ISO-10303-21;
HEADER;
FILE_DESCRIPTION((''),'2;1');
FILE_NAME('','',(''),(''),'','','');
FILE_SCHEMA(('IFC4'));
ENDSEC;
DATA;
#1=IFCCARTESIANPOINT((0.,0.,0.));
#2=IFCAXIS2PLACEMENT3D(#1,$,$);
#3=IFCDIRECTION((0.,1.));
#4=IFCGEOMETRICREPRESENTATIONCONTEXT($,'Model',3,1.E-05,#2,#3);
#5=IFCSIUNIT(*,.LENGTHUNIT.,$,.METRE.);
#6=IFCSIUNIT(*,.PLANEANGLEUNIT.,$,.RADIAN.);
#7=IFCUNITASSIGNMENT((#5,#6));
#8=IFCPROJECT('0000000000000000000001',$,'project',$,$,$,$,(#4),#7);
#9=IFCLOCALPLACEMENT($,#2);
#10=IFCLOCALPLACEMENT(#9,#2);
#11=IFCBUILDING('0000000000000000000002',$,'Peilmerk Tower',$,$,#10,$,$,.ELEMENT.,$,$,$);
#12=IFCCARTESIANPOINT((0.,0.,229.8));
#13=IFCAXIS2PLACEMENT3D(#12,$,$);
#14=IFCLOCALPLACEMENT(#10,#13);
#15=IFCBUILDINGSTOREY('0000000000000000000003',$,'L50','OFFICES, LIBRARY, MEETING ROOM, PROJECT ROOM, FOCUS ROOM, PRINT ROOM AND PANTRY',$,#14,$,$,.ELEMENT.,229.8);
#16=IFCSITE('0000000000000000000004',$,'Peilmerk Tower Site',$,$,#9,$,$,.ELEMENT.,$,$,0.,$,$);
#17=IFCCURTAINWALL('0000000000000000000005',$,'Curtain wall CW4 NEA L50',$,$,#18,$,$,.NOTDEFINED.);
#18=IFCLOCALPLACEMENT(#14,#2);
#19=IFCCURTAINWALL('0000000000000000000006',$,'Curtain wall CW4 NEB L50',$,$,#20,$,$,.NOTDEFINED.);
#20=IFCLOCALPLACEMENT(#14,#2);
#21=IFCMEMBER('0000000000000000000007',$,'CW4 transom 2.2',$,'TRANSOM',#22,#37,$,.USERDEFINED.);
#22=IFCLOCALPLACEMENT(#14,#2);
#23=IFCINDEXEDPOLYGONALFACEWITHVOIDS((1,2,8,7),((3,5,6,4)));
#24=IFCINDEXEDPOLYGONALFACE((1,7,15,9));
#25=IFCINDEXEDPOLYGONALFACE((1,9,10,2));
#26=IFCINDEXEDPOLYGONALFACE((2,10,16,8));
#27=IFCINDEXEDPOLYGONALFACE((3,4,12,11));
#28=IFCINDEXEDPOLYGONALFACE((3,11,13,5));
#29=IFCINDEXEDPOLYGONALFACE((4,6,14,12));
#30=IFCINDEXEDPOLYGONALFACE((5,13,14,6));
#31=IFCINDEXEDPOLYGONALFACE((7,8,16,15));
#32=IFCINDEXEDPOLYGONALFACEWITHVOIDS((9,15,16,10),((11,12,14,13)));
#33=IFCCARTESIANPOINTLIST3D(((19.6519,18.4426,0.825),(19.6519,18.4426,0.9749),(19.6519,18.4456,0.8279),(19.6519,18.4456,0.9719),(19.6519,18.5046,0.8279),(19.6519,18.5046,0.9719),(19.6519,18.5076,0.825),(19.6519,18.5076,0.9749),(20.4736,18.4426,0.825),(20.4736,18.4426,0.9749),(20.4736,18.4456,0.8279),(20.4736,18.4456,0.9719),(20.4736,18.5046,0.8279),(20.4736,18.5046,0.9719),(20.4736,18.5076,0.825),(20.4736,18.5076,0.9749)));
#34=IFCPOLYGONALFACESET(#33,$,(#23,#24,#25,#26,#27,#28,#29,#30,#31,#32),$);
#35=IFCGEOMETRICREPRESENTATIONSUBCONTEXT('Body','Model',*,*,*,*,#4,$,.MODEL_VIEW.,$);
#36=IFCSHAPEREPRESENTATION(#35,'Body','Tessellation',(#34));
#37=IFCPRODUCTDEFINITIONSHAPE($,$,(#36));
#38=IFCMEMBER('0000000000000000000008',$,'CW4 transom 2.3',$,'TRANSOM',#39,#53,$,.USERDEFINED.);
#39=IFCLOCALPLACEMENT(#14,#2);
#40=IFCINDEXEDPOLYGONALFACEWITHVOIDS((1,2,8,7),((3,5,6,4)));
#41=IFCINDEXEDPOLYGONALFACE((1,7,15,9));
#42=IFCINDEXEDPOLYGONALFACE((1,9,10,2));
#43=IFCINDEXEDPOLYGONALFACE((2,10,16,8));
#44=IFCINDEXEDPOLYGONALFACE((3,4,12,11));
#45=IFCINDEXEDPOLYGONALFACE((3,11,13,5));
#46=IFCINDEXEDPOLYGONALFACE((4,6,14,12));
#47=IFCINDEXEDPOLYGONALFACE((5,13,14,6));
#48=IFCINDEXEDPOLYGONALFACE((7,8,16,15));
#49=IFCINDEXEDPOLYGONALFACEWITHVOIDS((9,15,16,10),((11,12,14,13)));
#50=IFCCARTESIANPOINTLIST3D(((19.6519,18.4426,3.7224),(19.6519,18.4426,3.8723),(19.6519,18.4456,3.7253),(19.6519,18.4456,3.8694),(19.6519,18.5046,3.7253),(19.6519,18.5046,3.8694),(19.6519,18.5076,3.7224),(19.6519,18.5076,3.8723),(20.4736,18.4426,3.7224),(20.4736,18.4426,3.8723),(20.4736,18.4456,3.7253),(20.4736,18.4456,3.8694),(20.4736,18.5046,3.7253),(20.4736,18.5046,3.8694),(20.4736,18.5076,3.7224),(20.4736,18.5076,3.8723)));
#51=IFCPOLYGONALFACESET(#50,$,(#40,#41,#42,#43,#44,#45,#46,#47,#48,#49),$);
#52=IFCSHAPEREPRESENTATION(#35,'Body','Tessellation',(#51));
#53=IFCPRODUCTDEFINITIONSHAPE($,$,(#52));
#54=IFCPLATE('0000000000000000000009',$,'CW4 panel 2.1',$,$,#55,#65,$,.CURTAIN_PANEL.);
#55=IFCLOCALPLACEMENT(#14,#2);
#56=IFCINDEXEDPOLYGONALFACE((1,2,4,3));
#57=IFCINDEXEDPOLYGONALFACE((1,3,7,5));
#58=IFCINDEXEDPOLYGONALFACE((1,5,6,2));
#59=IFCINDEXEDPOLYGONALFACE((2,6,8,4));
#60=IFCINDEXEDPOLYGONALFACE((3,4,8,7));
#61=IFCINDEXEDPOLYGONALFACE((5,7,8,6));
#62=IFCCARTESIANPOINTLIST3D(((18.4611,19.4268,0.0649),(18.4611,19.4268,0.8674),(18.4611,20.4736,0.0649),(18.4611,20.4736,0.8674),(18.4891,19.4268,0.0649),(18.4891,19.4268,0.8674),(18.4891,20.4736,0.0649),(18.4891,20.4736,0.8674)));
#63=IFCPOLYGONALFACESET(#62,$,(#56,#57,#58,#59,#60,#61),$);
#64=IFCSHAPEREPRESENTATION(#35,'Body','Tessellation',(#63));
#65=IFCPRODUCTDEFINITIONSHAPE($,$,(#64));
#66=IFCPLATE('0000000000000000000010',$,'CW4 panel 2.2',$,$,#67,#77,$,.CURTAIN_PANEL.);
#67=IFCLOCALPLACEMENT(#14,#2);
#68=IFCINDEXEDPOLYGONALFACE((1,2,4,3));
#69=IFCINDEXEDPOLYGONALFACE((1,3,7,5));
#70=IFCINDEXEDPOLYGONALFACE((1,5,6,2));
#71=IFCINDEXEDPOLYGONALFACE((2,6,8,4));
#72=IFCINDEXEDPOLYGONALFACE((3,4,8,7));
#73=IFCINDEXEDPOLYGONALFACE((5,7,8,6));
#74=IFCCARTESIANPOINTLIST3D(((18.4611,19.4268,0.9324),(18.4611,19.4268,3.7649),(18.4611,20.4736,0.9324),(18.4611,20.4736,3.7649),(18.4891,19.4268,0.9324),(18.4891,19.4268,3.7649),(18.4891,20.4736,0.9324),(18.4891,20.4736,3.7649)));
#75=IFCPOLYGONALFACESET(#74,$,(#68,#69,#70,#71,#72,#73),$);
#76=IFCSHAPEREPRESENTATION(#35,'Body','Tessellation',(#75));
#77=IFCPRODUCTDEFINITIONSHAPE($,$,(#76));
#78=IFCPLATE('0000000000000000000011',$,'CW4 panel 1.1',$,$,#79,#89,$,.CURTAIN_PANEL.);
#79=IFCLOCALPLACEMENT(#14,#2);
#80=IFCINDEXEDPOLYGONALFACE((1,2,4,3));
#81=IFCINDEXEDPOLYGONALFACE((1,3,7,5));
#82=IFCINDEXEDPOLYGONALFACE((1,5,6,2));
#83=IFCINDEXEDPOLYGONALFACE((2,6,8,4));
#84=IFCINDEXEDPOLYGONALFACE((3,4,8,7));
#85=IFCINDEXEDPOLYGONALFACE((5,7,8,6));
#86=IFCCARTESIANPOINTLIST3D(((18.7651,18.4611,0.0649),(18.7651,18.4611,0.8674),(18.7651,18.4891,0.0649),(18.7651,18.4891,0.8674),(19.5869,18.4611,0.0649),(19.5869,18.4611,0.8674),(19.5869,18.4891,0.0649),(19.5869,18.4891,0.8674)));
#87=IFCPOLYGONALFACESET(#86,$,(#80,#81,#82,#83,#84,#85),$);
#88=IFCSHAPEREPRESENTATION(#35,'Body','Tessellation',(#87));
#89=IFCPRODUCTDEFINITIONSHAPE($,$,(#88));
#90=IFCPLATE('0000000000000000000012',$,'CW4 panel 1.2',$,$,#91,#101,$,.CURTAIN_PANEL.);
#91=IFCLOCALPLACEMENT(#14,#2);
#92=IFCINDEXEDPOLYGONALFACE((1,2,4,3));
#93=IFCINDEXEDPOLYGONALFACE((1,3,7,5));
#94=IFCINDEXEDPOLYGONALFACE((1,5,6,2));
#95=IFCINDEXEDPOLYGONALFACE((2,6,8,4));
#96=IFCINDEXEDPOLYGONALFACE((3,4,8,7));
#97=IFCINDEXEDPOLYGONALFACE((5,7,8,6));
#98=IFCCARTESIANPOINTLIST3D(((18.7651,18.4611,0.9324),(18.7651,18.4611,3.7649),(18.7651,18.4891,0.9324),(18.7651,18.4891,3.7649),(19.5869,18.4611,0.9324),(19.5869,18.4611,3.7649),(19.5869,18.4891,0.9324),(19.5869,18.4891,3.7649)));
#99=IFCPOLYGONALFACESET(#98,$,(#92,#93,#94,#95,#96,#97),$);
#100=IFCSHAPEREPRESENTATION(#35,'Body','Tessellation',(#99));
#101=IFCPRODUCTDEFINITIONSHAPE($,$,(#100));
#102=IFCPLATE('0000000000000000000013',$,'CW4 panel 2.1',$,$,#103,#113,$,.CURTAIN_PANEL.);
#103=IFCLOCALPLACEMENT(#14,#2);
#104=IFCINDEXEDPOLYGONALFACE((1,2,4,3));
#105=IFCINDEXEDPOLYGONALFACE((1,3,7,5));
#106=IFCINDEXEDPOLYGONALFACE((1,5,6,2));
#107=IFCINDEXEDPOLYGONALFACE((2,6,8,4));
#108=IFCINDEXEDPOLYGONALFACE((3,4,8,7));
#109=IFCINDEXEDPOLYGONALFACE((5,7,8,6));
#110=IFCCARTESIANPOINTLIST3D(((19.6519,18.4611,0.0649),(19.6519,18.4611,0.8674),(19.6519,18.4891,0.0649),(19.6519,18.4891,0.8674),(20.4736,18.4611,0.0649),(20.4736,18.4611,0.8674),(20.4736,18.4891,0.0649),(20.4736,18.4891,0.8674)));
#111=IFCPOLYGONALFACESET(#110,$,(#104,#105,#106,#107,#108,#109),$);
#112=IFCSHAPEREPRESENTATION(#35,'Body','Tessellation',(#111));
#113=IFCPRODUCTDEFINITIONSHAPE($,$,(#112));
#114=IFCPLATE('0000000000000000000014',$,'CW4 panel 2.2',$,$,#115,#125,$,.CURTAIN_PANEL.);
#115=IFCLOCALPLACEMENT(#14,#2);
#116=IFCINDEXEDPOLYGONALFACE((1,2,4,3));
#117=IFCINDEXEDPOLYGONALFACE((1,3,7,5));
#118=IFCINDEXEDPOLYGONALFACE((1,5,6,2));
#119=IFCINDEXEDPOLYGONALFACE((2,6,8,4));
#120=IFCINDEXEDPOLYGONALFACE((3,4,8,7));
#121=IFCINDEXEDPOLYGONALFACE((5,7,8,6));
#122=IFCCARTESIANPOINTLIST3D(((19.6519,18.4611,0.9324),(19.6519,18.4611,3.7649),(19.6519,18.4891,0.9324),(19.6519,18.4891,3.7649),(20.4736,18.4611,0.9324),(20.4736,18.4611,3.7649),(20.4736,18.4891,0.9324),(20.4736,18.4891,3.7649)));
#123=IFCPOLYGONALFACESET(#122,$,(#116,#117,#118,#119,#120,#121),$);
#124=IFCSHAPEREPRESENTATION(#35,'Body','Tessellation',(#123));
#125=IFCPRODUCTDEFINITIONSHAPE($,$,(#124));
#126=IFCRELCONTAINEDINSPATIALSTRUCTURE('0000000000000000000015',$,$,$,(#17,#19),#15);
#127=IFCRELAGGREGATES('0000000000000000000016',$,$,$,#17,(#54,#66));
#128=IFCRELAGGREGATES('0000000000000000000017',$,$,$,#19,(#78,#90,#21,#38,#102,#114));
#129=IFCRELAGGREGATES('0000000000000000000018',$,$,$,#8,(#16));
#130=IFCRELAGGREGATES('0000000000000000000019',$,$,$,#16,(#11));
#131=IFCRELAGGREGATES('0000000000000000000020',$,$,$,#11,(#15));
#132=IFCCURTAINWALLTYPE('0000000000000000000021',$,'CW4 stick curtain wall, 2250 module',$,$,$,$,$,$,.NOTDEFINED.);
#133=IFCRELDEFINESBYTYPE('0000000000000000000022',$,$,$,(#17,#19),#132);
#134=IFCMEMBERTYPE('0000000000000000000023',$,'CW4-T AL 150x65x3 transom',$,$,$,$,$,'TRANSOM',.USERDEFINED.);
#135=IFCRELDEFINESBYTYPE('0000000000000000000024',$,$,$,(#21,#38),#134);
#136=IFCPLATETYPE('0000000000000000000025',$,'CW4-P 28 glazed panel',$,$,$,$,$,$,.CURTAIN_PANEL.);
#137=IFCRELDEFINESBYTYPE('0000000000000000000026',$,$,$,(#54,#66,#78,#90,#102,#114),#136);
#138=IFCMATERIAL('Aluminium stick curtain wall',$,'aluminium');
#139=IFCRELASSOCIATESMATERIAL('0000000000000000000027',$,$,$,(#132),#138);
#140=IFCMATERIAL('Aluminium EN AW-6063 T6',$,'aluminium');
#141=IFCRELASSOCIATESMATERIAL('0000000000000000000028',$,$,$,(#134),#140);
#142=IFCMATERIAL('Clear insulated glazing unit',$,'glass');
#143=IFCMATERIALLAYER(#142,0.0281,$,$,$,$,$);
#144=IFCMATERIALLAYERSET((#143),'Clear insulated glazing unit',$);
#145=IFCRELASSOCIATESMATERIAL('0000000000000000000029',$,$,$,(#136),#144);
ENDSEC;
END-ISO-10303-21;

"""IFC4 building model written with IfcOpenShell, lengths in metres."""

from ifc_helpers import new_model, si_unit, direction, frame, origin, origin_2d, place, context, subcontext, project, spatial, rectangle, hollow_rectangle, extrude, material, layer, layer_set, material_profile, profile_set, type_object, element, aggregate, save


model = new_model("IFC4")

# Units and contexts
model_context = context("Model", 3, precision=1e-05, world=origin(), true_north=direction((0.0, 1.0)))
body_context = subcontext(model_context, "Body", "Model", "MODEL_VIEW")
ifc_project = project(units=[si_unit("LENGTHUNIT", "METRE"), si_unit("PLANEANGLEUNIT", "RADIAN")], contexts=[model_context])

# Site, building, storey
site_placement = place(None, origin())
site = spatial("IfcSite", under=ifc_project, at=site_placement, Name="Peilmerk Tower Site", CompositionType="ELEMENT", RefElevation=0.0)
building_placement = place(site_placement, origin())
building = spatial("IfcBuilding", under=site, at=building_placement, Name="Peilmerk Tower", CompositionType="ELEMENT")
storey_placement = place(building_placement, frame((0.0, 0.0, 229.8)))
storey = spatial("IfcBuildingStorey", under=building, at=storey_placement, Name="L50", Description="OFFICES, LIBRARY, MEETING ROOM, PROJECT ROOM, FOCUS ROOM, PRINT ROOM AND PANTRY", CompositionType="ELEMENT", Elevation=229.8)

# Curtain wall
ifc_material_1 = material(Name="Aluminium stick curtain wall", Category="aluminium")
curtain_wall_type = type_object("IfcCurtainWallType", Name="CW4 stick curtain wall, 2250 module", PredefinedType="NOTDEFINED", material=ifc_material_1)
curtain_wall_1_placement = place(storey_placement, origin())
curtain_wall_1 = element("IfcCurtainWall", 1, at=curtain_wall_1_placement, inside=storey, type_object=curtain_wall_type, Name="Curtain wall CW4 NEA L50", PredefinedType="NOTDEFINED")
ifc_material_2 = material(Name="Aluminium EN AW-6063 T6", Category="aluminium")

# Curtain wall
curtain_wall_2_placement = place(storey_placement, origin())
curtain_wall_2 = element("IfcCurtainWall", 2, at=curtain_wall_2_placement, inside=storey, type_object=curtain_wall_type, Name="Curtain wall CW4 NEB L50", PredefinedType="NOTDEFINED")

# Members
ifc_material_profile_1 = material_profile(ifc_material_2, hollow_rectangle(XDim=0.0649, YDim=0.1499, WallThickness=0.0029, at=origin_2d()), Name="AL 150x65x3")
ifc_profile_set_1 = profile_set([ifc_material_profile_1], Name="Aluminium EN AW-6063 T6")
member_type_1 = type_object("IfcMemberType", Name="CW4-T AL 150x65x3 transom", ElementType="TRANSOM", PredefinedType="USERDEFINED", material=ifc_profile_set_1)
member_1_placement = place(storey_placement, frame((19.6519, 18.4751, 0.8999), z_axis=(1.0, 0.0, 0.0), x_axis=(0.0, 1.0, 0.0)))
member_1 = element("IfcMember", 3, at=member_1_placement, type_object=member_type_1, Name="CW4 transom 2.2", ObjectType="TRANSOM", PredefinedType="USERDEFINED", context=body_context, shape_type="SweptSolid", body=[
    extrude(hollow_rectangle(XDim=0.0649, YDim=0.1499, WallThickness=0.0029, at=origin_2d()), origin(), (0.0, 0.0, 1.0), 0.8218),
])
member_2_placement = place(storey_placement, frame((19.6519, 18.4751, 3.7974), z_axis=(1.0, 0.0, 0.0), x_axis=(0.0, 1.0, 0.0)))
member_2 = element("IfcMember", 4, at=member_2_placement, type_object=member_type_1, Name="CW4 transom 2.3", ObjectType="TRANSOM", PredefinedType="USERDEFINED", context=body_context, shape_type="SweptSolid", body=[
    extrude(hollow_rectangle(XDim=0.0649, YDim=0.1499, WallThickness=0.0029, at=origin_2d()), origin(), (0.0, 0.0, 1.0), 0.8218),
])

# Plates
ifc_material_3 = material(Name="Clear insulated glazing unit", Category="glass")
ifc_layer_1 = layer(ifc_material_3, 0.0281)
ifc_layer_set_1 = layer_set([ifc_layer_1], Name="Clear insulated glazing unit")
plate_type = type_object("IfcPlateType", Name="CW4-P 28 glazed panel", PredefinedType="CURTAIN_PANEL", material=ifc_layer_set_1)
plate_1_placement = place(storey_placement, frame((18.4751, 19.9502, 0.0649), z_axis=(0.0, 0.0, 1.0), x_axis=(0.0, 1.0, 0.0)))
plate_1 = element("IfcPlate", 5, at=plate_1_placement, type_object=plate_type, Name="CW4 panel 2.1", PredefinedType="CURTAIN_PANEL", context=body_context, shape_type="SweptSolid", body=[
    extrude(rectangle(XDim=1.0469, YDim=0.0281, at=origin_2d()), origin(), (0.0, 0.0, 1.0), 0.8025),
])
plate_2_placement = place(storey_placement, frame((18.4751, 19.9502, 0.9324), z_axis=(0.0, 0.0, 1.0), x_axis=(0.0, 1.0, 0.0)))
plate_2 = element("IfcPlate", 6, at=plate_2_placement, type_object=plate_type, Name="CW4 panel 2.2", PredefinedType="CURTAIN_PANEL", context=body_context, shape_type="SweptSolid", body=[
    extrude(rectangle(XDim=1.0469, YDim=0.0281, at=origin_2d()), origin(), (0.0, 0.0, 1.0), 2.8325),
])
aggregate(curtain_wall_1, [plate_1, plate_2])
plate_3_placement = place(storey_placement, frame((19.176, 18.4751, 0.0649), z_axis=(0.0, 0.0, 1.0), x_axis=(1.0, 0.0, 0.0)))
plate_3 = element("IfcPlate", 7, at=plate_3_placement, type_object=plate_type, Name="CW4 panel 1.1", PredefinedType="CURTAIN_PANEL", context=body_context, shape_type="SweptSolid", body=[
    extrude(rectangle(XDim=0.8218, YDim=0.0281, at=origin_2d()), origin(), (0.0, 0.0, 1.0), 0.8025),
])
plate_4_placement = place(storey_placement, frame((19.176, 18.4751, 0.9324), z_axis=(0.0, 0.0, 1.0), x_axis=(1.0, 0.0, 0.0)))
plate_4 = element("IfcPlate", 8, at=plate_4_placement, type_object=plate_type, Name="CW4 panel 1.2", PredefinedType="CURTAIN_PANEL", context=body_context, shape_type="SweptSolid", body=[
    extrude(rectangle(XDim=0.8218, YDim=0.0281, at=origin_2d()), origin(), (0.0, 0.0, 1.0), 2.8325),
])
plate_5_placement = place(storey_placement, frame((20.0627, 18.4751, 0.0649), z_axis=(0.0, 0.0, 1.0), x_axis=(1.0, 0.0, 0.0)))
plate_5 = element("IfcPlate", 9, at=plate_5_placement, type_object=plate_type, Name="CW4 panel 2.1", PredefinedType="CURTAIN_PANEL", context=body_context, shape_type="SweptSolid", body=[
    extrude(rectangle(XDim=0.8218, YDim=0.0281, at=origin_2d()), origin(), (0.0, 0.0, 1.0), 0.8025),
])
plate_6_placement = place(storey_placement, frame((20.0627, 18.4751, 0.9324), z_axis=(0.0, 0.0, 1.0), x_axis=(1.0, 0.0, 0.0)))
plate_6 = element("IfcPlate", 10, at=plate_6_placement, type_object=plate_type, Name="CW4 panel 2.2", PredefinedType="CURTAIN_PANEL", context=body_context, shape_type="SweptSolid", body=[
    extrude(rectangle(XDim=0.8218, YDim=0.0281, at=origin_2d()), origin(), (0.0, 0.0, 1.0), 2.8325),
])
aggregate(curtain_wall_2, [plate_3, plate_4, member_1, member_2, plate_5, plate_6])

save(model, "model.ifc")
